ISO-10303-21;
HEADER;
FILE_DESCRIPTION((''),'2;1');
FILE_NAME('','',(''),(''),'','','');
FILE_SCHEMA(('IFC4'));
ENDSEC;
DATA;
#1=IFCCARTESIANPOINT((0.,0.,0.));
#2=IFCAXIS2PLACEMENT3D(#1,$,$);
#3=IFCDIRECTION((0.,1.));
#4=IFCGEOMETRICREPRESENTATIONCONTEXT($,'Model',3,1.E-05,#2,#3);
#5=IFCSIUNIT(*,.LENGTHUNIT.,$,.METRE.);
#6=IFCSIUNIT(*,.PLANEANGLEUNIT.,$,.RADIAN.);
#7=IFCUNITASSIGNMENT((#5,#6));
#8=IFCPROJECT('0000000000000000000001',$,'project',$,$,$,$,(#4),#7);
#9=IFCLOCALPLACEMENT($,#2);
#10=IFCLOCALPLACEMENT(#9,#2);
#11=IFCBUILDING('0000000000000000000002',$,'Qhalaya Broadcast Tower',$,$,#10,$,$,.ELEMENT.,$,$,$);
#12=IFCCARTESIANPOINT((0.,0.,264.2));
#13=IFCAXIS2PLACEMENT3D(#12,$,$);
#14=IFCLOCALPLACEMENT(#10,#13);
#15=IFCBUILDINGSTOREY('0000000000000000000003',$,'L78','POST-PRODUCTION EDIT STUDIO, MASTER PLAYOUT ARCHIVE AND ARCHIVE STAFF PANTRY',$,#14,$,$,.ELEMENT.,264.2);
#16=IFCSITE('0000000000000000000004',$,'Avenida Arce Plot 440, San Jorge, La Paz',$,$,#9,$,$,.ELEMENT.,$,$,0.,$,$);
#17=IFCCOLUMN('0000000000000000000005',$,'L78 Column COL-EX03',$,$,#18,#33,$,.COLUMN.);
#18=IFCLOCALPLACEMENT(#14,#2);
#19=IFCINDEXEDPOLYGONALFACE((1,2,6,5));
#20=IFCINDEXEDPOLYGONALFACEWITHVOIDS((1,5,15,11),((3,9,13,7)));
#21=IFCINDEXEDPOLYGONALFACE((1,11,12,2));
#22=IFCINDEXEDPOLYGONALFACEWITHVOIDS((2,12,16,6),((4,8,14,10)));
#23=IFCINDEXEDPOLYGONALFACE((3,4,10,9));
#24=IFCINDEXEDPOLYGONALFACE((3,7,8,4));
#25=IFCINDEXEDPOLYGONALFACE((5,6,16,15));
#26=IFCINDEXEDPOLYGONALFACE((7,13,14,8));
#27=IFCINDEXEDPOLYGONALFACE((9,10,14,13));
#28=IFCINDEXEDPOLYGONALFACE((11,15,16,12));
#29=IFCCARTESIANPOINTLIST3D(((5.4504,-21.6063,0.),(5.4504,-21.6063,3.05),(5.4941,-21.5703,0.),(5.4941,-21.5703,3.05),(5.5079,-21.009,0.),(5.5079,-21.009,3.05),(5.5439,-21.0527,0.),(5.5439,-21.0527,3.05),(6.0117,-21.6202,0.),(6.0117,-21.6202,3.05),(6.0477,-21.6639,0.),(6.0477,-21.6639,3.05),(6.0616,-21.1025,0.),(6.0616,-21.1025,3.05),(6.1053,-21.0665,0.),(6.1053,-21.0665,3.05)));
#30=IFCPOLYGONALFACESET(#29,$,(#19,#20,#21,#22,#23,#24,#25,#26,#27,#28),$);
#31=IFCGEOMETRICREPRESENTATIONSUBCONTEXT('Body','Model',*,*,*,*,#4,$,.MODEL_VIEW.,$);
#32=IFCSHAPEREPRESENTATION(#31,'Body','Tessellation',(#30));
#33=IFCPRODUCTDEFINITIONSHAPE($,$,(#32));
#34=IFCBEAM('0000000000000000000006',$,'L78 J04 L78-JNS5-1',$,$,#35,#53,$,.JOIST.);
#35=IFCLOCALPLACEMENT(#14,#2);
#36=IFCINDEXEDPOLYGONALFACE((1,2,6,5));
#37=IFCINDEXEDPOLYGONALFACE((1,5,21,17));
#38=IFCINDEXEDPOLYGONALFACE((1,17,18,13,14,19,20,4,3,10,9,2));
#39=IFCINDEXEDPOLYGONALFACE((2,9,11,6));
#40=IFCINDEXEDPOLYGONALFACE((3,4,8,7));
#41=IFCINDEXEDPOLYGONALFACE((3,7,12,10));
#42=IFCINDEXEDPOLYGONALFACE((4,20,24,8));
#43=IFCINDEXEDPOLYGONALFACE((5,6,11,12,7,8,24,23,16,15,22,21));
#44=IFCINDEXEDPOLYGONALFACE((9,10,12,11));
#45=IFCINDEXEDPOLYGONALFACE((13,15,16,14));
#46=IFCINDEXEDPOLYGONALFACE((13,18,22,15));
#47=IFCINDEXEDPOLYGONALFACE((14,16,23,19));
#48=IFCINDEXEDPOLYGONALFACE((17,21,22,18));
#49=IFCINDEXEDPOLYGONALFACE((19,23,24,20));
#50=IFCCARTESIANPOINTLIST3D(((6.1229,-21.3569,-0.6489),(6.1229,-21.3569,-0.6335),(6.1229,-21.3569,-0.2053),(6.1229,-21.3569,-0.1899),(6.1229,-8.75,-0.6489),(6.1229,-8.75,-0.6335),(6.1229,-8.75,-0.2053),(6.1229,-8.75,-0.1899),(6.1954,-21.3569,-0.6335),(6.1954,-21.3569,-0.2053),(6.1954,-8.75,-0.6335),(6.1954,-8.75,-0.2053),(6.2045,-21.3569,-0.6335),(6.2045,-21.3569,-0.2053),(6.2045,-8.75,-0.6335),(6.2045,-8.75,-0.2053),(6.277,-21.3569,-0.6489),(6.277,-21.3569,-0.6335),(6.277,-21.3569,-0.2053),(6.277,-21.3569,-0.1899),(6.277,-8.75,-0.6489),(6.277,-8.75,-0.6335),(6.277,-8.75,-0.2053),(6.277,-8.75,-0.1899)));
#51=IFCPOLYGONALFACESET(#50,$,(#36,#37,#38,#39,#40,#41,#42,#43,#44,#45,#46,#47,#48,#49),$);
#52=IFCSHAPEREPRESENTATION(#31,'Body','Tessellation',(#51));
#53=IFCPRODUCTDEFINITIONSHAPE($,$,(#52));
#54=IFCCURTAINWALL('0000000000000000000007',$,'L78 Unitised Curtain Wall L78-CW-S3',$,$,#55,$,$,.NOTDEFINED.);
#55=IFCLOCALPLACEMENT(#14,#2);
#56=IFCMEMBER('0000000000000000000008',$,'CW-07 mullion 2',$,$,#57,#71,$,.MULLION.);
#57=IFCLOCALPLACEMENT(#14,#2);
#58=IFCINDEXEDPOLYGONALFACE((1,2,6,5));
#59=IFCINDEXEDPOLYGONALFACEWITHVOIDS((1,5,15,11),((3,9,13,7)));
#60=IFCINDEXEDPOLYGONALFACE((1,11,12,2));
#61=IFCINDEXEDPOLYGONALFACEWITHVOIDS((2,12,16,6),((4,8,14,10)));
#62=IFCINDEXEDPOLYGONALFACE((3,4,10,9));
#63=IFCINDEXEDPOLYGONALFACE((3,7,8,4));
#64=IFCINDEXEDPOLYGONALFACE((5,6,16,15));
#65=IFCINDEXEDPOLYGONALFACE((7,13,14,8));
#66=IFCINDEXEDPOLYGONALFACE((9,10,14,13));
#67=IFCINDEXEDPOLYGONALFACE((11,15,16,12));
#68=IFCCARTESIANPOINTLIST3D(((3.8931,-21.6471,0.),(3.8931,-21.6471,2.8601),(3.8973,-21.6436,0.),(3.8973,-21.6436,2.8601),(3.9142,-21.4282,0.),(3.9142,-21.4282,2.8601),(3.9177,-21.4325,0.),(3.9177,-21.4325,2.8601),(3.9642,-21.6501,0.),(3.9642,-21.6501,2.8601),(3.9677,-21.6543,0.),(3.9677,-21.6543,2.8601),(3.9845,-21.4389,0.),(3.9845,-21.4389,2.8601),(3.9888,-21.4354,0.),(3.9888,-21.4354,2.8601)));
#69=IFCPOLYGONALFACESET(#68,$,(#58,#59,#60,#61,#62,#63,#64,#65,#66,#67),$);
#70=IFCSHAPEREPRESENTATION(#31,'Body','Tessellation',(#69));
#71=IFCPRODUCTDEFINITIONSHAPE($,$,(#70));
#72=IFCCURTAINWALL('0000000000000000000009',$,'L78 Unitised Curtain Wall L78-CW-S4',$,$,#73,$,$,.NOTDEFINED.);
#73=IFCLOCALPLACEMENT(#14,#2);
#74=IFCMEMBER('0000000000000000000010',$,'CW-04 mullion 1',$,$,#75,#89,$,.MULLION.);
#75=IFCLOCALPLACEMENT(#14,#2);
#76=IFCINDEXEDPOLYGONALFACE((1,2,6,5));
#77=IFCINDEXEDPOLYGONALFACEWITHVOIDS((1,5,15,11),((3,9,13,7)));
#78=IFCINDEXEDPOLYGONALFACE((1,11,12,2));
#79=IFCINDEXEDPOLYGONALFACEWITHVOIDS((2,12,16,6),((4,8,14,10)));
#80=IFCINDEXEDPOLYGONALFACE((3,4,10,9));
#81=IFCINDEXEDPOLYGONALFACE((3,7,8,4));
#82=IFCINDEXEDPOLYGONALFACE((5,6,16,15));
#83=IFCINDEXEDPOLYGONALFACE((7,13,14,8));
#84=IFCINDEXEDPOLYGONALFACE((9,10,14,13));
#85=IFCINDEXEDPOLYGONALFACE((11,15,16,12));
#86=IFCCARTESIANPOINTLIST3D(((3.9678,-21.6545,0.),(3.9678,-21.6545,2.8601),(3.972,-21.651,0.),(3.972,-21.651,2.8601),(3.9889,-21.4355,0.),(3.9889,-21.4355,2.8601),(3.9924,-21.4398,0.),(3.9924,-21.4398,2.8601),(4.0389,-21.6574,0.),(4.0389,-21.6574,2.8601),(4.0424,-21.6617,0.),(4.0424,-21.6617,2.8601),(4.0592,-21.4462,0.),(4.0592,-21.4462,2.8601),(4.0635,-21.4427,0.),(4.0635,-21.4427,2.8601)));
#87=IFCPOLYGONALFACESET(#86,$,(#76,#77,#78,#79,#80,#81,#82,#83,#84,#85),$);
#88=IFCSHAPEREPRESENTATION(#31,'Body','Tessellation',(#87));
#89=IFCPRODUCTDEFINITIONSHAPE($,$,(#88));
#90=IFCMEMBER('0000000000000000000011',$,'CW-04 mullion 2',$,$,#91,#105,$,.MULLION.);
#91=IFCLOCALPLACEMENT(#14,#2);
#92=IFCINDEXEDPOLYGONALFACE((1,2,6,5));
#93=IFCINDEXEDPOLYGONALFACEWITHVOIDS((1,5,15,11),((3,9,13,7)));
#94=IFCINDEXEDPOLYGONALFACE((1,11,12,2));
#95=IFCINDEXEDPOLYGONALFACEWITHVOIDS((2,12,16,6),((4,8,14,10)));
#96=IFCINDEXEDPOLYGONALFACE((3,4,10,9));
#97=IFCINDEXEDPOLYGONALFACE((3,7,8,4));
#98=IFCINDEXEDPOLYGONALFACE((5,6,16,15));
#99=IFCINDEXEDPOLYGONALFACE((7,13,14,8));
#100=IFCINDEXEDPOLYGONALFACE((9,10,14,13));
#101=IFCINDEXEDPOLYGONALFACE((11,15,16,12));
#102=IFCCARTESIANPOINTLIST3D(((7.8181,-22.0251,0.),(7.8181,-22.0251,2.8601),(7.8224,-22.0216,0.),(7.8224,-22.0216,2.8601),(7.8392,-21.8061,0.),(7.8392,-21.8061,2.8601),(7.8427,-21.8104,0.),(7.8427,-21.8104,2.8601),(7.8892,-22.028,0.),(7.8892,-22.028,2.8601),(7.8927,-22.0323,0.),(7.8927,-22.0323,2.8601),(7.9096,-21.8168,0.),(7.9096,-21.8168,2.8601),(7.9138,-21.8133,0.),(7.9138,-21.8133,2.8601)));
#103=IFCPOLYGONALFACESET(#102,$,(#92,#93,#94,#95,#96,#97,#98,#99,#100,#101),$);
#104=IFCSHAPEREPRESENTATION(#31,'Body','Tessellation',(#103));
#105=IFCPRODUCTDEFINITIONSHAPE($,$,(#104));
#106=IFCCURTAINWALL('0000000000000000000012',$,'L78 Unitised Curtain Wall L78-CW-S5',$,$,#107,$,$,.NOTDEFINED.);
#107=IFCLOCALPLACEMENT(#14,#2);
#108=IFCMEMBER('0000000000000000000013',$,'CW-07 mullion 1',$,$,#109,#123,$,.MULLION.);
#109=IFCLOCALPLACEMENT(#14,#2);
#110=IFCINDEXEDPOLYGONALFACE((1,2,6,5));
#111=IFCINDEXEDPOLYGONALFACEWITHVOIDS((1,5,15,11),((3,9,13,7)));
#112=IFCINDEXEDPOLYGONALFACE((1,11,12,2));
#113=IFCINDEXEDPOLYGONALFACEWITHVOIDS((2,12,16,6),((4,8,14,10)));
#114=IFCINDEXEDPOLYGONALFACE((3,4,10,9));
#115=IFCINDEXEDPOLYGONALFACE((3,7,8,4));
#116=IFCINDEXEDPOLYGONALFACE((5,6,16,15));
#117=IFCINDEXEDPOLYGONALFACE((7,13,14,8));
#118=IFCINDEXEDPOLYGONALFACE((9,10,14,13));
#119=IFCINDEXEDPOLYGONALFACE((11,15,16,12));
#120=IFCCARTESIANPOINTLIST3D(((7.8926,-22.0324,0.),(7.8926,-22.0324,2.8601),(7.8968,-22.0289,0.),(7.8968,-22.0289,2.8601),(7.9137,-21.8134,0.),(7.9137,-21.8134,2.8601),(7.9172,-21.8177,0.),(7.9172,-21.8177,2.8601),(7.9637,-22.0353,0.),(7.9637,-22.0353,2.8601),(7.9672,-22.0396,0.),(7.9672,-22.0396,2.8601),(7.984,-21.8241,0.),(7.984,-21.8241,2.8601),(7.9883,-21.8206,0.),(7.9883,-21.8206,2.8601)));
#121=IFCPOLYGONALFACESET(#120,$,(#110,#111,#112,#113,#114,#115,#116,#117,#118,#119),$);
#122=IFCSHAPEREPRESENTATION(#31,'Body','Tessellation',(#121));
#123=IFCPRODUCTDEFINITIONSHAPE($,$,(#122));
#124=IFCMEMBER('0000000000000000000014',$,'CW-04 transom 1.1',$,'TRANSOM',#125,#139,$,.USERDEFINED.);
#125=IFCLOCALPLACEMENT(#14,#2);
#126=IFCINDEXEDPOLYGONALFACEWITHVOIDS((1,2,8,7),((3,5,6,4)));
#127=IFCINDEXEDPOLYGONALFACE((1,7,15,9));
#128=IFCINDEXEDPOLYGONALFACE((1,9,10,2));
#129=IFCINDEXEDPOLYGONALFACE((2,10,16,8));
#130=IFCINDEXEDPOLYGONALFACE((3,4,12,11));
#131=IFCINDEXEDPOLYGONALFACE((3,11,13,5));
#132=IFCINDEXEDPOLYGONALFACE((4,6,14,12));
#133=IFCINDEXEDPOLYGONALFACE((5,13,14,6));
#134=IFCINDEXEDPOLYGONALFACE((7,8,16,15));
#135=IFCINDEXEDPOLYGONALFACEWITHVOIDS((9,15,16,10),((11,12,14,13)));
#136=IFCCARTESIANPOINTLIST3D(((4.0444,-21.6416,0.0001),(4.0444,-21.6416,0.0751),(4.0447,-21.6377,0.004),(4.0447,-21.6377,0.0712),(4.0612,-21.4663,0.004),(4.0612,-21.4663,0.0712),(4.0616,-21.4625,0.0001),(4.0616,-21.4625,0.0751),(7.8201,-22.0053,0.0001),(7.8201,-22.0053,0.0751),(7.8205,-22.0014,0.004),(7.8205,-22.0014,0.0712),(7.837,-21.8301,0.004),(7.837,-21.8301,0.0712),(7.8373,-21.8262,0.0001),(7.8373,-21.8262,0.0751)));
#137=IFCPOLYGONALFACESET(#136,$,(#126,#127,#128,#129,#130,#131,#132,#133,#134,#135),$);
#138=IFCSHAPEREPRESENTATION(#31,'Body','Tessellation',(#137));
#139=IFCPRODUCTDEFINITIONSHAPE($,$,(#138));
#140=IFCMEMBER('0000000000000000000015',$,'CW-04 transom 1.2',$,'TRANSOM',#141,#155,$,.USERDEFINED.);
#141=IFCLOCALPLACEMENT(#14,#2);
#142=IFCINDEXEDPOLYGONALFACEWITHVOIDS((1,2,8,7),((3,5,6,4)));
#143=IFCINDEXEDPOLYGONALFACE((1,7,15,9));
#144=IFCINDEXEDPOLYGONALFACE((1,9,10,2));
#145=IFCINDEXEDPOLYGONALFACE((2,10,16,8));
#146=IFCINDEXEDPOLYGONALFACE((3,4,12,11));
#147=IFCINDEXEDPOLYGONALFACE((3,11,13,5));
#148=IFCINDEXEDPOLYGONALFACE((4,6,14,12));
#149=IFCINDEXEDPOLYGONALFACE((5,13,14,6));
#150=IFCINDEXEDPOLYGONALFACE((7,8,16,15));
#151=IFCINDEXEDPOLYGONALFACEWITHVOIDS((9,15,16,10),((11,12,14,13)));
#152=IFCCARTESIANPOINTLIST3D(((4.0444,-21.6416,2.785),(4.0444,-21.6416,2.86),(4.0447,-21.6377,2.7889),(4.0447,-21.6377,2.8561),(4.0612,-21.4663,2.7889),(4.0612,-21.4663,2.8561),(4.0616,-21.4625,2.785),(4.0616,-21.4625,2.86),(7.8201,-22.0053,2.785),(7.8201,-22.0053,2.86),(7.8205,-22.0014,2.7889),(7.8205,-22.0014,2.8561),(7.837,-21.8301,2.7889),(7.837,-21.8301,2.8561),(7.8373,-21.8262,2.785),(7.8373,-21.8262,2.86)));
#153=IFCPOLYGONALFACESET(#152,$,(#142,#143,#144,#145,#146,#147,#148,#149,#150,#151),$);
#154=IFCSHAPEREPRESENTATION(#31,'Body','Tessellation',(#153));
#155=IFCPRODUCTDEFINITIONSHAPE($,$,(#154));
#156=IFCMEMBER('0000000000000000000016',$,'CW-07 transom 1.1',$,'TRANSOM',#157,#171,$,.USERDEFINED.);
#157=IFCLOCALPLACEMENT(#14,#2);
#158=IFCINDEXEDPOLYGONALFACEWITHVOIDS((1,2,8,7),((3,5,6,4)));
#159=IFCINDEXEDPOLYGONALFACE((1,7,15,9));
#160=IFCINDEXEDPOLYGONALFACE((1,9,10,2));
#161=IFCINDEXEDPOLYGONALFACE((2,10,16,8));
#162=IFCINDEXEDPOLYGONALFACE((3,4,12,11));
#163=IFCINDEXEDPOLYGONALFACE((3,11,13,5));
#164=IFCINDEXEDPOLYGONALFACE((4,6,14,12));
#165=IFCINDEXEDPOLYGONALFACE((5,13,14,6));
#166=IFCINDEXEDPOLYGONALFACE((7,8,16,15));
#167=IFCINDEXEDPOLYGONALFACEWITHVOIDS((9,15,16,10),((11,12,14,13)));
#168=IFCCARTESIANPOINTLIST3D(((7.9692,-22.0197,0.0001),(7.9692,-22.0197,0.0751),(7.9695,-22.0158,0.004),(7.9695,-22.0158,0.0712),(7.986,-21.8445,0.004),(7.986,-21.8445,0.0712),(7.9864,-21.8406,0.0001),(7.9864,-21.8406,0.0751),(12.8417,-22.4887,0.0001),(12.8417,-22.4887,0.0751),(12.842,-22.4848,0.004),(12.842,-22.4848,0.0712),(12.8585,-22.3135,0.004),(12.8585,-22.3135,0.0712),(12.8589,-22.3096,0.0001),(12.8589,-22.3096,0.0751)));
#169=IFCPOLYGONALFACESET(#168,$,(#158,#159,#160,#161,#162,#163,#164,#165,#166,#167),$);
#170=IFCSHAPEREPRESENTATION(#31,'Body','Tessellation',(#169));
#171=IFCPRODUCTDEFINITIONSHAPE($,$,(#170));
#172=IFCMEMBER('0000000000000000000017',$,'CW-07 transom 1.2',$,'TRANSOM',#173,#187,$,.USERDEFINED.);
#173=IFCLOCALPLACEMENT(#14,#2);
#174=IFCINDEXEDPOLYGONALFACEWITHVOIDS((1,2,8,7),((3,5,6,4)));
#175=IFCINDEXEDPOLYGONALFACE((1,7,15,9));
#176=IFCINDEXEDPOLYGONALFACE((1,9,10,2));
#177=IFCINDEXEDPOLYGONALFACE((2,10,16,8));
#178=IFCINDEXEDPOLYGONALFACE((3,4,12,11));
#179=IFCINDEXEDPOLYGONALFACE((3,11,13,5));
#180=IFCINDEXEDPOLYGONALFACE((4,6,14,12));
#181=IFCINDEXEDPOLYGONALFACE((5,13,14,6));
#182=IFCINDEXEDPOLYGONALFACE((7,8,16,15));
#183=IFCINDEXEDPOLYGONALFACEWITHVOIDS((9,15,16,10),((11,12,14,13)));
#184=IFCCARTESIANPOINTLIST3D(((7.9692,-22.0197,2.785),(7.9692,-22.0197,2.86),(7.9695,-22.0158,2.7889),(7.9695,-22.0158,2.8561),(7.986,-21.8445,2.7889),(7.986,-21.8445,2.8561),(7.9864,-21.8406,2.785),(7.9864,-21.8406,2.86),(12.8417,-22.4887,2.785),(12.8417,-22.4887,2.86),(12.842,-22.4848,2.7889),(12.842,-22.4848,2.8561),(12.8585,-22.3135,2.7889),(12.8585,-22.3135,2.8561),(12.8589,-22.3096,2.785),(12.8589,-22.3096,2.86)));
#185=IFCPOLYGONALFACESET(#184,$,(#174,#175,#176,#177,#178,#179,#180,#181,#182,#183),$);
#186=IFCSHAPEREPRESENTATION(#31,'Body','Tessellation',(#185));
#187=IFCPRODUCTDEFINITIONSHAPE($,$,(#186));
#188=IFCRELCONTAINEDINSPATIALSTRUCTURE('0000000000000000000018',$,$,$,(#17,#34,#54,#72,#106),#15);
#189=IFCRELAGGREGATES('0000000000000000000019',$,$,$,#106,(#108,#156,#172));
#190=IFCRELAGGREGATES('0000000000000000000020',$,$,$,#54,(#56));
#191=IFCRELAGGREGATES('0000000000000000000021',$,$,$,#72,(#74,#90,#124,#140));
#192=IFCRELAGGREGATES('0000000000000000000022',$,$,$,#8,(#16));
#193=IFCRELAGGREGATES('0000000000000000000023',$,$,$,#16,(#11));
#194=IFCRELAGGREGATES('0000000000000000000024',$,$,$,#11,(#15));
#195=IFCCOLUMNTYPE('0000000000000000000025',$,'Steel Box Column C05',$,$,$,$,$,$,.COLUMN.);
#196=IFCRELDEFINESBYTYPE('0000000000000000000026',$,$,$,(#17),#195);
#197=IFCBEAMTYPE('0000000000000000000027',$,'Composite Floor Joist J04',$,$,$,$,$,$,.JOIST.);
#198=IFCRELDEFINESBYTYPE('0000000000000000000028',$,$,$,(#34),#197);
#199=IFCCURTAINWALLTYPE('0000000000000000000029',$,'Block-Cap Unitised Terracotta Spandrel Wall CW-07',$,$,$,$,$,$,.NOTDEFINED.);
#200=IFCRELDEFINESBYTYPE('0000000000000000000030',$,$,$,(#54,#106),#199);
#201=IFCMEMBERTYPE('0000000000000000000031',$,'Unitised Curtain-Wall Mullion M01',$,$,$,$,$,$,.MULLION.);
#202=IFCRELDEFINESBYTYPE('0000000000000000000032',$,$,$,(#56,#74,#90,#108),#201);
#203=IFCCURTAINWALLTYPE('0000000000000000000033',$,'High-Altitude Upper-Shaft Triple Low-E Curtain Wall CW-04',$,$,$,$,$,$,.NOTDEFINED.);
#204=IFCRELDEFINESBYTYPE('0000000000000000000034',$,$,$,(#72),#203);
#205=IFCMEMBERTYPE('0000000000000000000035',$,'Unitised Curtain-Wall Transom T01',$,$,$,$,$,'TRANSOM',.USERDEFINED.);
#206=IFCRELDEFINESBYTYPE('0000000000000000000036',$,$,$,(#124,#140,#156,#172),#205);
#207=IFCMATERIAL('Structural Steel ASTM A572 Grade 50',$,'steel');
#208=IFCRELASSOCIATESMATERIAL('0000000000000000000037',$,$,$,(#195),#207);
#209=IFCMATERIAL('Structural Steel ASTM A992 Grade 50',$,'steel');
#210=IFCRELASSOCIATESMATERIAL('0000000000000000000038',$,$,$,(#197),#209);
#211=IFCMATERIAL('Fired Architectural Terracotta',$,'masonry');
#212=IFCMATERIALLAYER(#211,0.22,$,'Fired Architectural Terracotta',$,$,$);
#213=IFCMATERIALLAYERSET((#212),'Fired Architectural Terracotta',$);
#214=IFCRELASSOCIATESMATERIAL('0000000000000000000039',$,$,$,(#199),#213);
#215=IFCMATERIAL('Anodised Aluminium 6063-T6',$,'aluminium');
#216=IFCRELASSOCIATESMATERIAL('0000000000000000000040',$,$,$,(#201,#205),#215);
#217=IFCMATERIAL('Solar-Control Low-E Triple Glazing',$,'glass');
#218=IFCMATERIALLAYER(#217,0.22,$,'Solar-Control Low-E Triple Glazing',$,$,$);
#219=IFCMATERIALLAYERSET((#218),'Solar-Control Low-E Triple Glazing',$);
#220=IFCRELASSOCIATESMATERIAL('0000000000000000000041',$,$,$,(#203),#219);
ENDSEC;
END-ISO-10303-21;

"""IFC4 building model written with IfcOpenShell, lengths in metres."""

from ifc_helpers import new_model, si_unit, direction, frame, origin, origin_2d, place, context, subcontext, project, spatial, hollow_rectangle, i_section, extrude, material, layer, layer_set, material_profile, profile_set, type_object, element, aggregate, save


model = new_model("IFC4")

# Units and contexts
model_context = context("Model", 3, precision=1e-05, world=origin(), true_north=direction((0.0, 1.0)))
body_context = subcontext(model_context, "Body", "Model", "MODEL_VIEW")
ifc_project = project(units=[si_unit("LENGTHUNIT", "METRE"), si_unit("PLANEANGLEUNIT", "RADIAN")], contexts=[model_context])

# Site, building, storey
site_placement = place(None, origin())
site = spatial("IfcSite", under=ifc_project, at=site_placement, Name="Avenida Arce Plot 440, San Jorge, La Paz", CompositionType="ELEMENT", RefElevation=0.0)
building_placement = place(site_placement, origin())
building = spatial("IfcBuilding", under=site, at=building_placement, Name="Qhalaya Broadcast Tower", CompositionType="ELEMENT")
storey_placement = place(building_placement, frame((0.0, 0.0, 264.2)))
storey = spatial("IfcBuildingStorey", under=building, at=storey_placement, Name="L78", Description="POST-PRODUCTION EDIT STUDIO, MASTER PLAYOUT ARCHIVE AND ARCHIVE STAFF PANTRY", CompositionType="ELEMENT", Elevation=264.2)

# Column
ifc_material_1 = material(Name="Structural Steel ASTM A572 Grade 50", Category="steel")
ifc_material_profile_1 = material_profile(ifc_material_1, hollow_rectangle(XDim=0.6001, YDim=0.6001, WallThickness=0.04, at=origin_2d()), Name="BOX 600x600x40")
ifc_profile_set_1 = profile_set([ifc_material_profile_1], Name="Structural Steel ASTM A572 Grade 50")
column_type = type_object("IfcColumnType", Name="Steel Box Column C05", PredefinedType="COLUMN", material=ifc_profile_set_1)
column_placement = place(storey_placement, frame((5.7778, -21.3364, 0.0), z_axis=(0.0, 0.0, 1.0), x_axis=(0.995396, -0.095846, 0.0)))
element("IfcColumn", 1, at=column_placement, inside=storey, type_object=column_type, Name="L78 Column COL-EX03", PredefinedType="COLUMN", context=body_context, shape_type="SweptSolid", body=[
    extrude(hollow_rectangle(XDim=0.6001, YDim=0.6001, WallThickness=0.04, at=origin_2d()), origin(), (0.0, 0.0, 1.0), 3.05),
])

# Beam
ifc_material_2 = material(Name="Structural Steel ASTM A992 Grade 50", Category="steel")
ifc_material_profile_2 = material_profile(ifc_material_2, i_section(OverallWidth=0.1541, OverallDepth=0.459, WebThickness=0.009, FlangeThickness=0.0154, at=origin_2d()), Name="W18X46")
ifc_profile_set_2 = profile_set([ifc_material_profile_2], Name="Structural Steel ASTM A992 Grade 50")
beam_type_1 = type_object("IfcBeamType", Name="Composite Floor Joist J04", PredefinedType="JOIST", material=ifc_profile_set_2)
beam_1_placement = place(storey_placement, frame((6.2, -21.3569, -0.4194), z_axis=(0.0, 1.0, 0.0), x_axis=(-1.0, 0.0, 0.0)))
element("IfcBeam", 2, at=beam_1_placement, inside=storey, type_object=beam_type_1, Name="L78 J04 L78-JNS5-1", PredefinedType="JOIST", context=body_context, shape_type="SweptSolid", body=[
    extrude(i_section(OverallWidth=0.1541, OverallDepth=0.459, WebThickness=0.009, FlangeThickness=0.0154, at=origin_2d()), origin(), (0.0, 0.0, 1.0), 12.6069),
])

# Curtain wall, member
ifc_material_3 = material(Name="Fired Architectural Terracotta", Category="masonry")
ifc_layer_1 = layer(ifc_material_3, 0.22, Name="Fired Architectural Terracotta")
ifc_layer_set_1 = layer_set([ifc_layer_1], Name="Fired Architectural Terracotta")
curtain_wall_type_1 = type_object("IfcCurtainWallType", Name="Block-Cap Unitised Terracotta Spandrel Wall CW-07", PredefinedType="NOTDEFINED", material=ifc_layer_set_1)
curtain_wall_1_placement = place(storey_placement, origin())
curtain_wall_1 = element("IfcCurtainWall", 3, at=curtain_wall_1_placement, inside=storey, type_object=curtain_wall_type_1, Name="L78 Unitised Curtain Wall L78-CW-S3", PredefinedType="NOTDEFINED")
ifc_material_4 = material(Name="Anodised Aluminium 6063-T6", Category="aluminium")
ifc_material_profile_3 = material_profile(ifc_material_4, hollow_rectangle(XDim=0.075, YDim=0.22, WallThickness=0.0039, at=origin_2d()), Name="ALU-MUL 75x220x4")
ifc_profile_set_3 = profile_set([ifc_material_profile_3], Name="Anodised Aluminium 6063-T6")
member_type_1 = type_object("IfcMemberType", Name="Unitised Curtain-Wall Mullion M01", PredefinedType="MULLION", material=ifc_profile_set_3)
member_1_placement = place(storey_placement, frame((3.9409, -21.5413, 0.0), z_axis=(0.0, 0.0, 1.0), x_axis=(0.995397, -0.095837, 0.0)))
member_1 = element("IfcMember", 4, at=member_1_placement, type_object=member_type_1, Name="CW-07 mullion 2", PredefinedType="MULLION", context=body_context, shape_type="SweptSolid", body=[
    extrude(hollow_rectangle(XDim=0.075, YDim=0.22, WallThickness=0.0039, at=origin_2d()), origin(), (0.0, 0.0, 1.0), 2.8601),
])

# Curtain wall, members
ifc_material_5 = material(Name="Solar-Control Low-E Triple Glazing", Category="glass")
ifc_layer_2 = layer(ifc_material_5, 0.22, Name="Solar-Control Low-E Triple Glazing")
ifc_layer_set_2 = layer_set([ifc_layer_2], Name="Solar-Control Low-E Triple Glazing")
curtain_wall_type_2 = type_object("IfcCurtainWallType", Name="High-Altitude Upper-Shaft Triple Low-E Curtain Wall CW-04", PredefinedType="NOTDEFINED", material=ifc_layer_set_2)
curtain_wall_2_placement = place(storey_placement, origin())
curtain_wall_2 = element("IfcCurtainWall", 5, at=curtain_wall_2_placement, inside=storey, type_object=curtain_wall_type_2, Name="L78 Unitised Curtain Wall L78-CW-S4", PredefinedType="NOTDEFINED")
member_2_placement = place(storey_placement, frame((4.0156, -21.5486, 0.0), z_axis=(0.0, 0.0, 1.0), x_axis=(0.995394, -0.095865, 0.0)))
member_2 = element("IfcMember", 6, at=member_2_placement, type_object=member_type_1, Name="CW-04 mullion 1", PredefinedType="MULLION", context=body_context, shape_type="SweptSolid", body=[
    extrude(hollow_rectangle(XDim=0.075, YDim=0.22, WallThickness=0.0039, at=origin_2d()), origin(), (0.0, 0.0, 1.0), 2.8601),
])
member_3_placement = place(storey_placement, frame((7.866, -21.9192, 0.0), z_axis=(0.0, 0.0, 1.0), x_axis=(0.995394, -0.095865, 0.0)))
member_3 = element("IfcMember", 7, at=member_3_placement, type_object=member_type_1, Name="CW-04 mullion 2", PredefinedType="MULLION", context=body_context, shape_type="SweptSolid", body=[
    extrude(hollow_rectangle(XDim=0.075, YDim=0.22, WallThickness=0.0039, at=origin_2d()), origin(), (0.0, 0.0, 1.0), 2.8601),
])

# Curtain wall, member
curtain_wall_3_placement = place(storey_placement, origin())
curtain_wall_3 = element("IfcCurtainWall", 8, at=curtain_wall_3_placement, inside=storey, type_object=curtain_wall_type_1, Name="L78 Unitised Curtain Wall L78-CW-S5", PredefinedType="NOTDEFINED")
member_4_placement = place(storey_placement, frame((7.9404, -21.9265, 0.0), z_axis=(0.0, 0.0, 1.0), x_axis=(0.995397, -0.095839, 0.0)))
member_4 = element("IfcMember", 9, at=member_4_placement, type_object=member_type_1, Name="CW-07 mullion 1", PredefinedType="MULLION", context=body_context, shape_type="SweptSolid", body=[
    extrude(hollow_rectangle(XDim=0.075, YDim=0.22, WallThickness=0.0039, at=origin_2d()), origin(), (0.0, 0.0, 1.0), 2.8601),
])

# Members
ifc_material_profile_4 = material_profile(ifc_material_4, hollow_rectangle(XDim=0.075, YDim=0.1799, WallThickness=0.0039, at=origin_2d()), Name="ALU-TRN 75x180x4")
ifc_profile_set_4 = profile_set([ifc_material_profile_4], Name="Anodised Aluminium 6063-T6")
member_type_2 = type_object("IfcMemberType", Name="Unitised Curtain-Wall Transom T01", ElementType="TRANSOM", PredefinedType="USERDEFINED", material=ifc_profile_set_4)
member_5_placement = place(storey_placement, frame((4.053, -21.552, 0.0376), z_axis=(0.995391, -0.095903, 0.0), x_axis=(0.0, 0.0, 1.0)))
member_5 = element("IfcMember", 10, at=member_5_placement, type_object=member_type_2, Name="CW-04 transom 1.1", ObjectType="TRANSOM", PredefinedType="USERDEFINED", context=body_context, shape_type="SweptSolid", body=[
    extrude(hollow_rectangle(XDim=0.075, YDim=0.1799, WallThickness=0.0039, at=origin_2d()), origin(), (0.0, 0.0, 1.0), 3.7932),
])
member_6_placement = place(storey_placement, frame((4.053, -21.552, 2.8225), z_axis=(0.995391, -0.095903, 0.0), x_axis=(0.0, 0.0, 1.0)))
member_6 = element("IfcMember", 11, at=member_6_placement, type_object=member_type_2, Name="CW-04 transom 1.2", ObjectType="TRANSOM", PredefinedType="USERDEFINED", context=body_context, shape_type="SweptSolid", body=[
    extrude(hollow_rectangle(XDim=0.075, YDim=0.1799, WallThickness=0.0039, at=origin_2d()), origin(), (0.0, 0.0, 1.0), 3.7932),
])
member_7_placement = place(storey_placement, frame((7.9778, -21.9302, 0.0376), z_axis=(0.9954, -0.095809, 0.0), x_axis=(0.0, 0.0, 1.0)))
member_7 = element("IfcMember", 12, at=member_7_placement, type_object=member_type_2, Name="CW-07 transom 1.1", ObjectType="TRANSOM", PredefinedType="USERDEFINED", context=body_context, shape_type="SweptSolid", body=[
    extrude(hollow_rectangle(XDim=0.075, YDim=0.1799, WallThickness=0.0039, at=origin_2d()), origin(), (0.0, 0.0, 1.0), 4.895),
])
member_8_placement = place(storey_placement, frame((7.9778, -21.9302, 2.8225), z_axis=(0.9954, -0.095809, 0.0), x_axis=(0.0, 0.0, 1.0)))
member_8 = element("IfcMember", 13, at=member_8_placement, type_object=member_type_2, Name="CW-07 transom 1.2", ObjectType="TRANSOM", PredefinedType="USERDEFINED", context=body_context, shape_type="SweptSolid", body=[
    extrude(hollow_rectangle(XDim=0.075, YDim=0.1799, WallThickness=0.0039, at=origin_2d()), origin(), (0.0, 0.0, 1.0), 4.895),
])
aggregate(curtain_wall_3, [member_4, member_7, member_8])

aggregate(curtain_wall_1, [member_1])
aggregate(curtain_wall_2, [member_2, member_3, member_5, member_6])

save(model, "model.ifc")
